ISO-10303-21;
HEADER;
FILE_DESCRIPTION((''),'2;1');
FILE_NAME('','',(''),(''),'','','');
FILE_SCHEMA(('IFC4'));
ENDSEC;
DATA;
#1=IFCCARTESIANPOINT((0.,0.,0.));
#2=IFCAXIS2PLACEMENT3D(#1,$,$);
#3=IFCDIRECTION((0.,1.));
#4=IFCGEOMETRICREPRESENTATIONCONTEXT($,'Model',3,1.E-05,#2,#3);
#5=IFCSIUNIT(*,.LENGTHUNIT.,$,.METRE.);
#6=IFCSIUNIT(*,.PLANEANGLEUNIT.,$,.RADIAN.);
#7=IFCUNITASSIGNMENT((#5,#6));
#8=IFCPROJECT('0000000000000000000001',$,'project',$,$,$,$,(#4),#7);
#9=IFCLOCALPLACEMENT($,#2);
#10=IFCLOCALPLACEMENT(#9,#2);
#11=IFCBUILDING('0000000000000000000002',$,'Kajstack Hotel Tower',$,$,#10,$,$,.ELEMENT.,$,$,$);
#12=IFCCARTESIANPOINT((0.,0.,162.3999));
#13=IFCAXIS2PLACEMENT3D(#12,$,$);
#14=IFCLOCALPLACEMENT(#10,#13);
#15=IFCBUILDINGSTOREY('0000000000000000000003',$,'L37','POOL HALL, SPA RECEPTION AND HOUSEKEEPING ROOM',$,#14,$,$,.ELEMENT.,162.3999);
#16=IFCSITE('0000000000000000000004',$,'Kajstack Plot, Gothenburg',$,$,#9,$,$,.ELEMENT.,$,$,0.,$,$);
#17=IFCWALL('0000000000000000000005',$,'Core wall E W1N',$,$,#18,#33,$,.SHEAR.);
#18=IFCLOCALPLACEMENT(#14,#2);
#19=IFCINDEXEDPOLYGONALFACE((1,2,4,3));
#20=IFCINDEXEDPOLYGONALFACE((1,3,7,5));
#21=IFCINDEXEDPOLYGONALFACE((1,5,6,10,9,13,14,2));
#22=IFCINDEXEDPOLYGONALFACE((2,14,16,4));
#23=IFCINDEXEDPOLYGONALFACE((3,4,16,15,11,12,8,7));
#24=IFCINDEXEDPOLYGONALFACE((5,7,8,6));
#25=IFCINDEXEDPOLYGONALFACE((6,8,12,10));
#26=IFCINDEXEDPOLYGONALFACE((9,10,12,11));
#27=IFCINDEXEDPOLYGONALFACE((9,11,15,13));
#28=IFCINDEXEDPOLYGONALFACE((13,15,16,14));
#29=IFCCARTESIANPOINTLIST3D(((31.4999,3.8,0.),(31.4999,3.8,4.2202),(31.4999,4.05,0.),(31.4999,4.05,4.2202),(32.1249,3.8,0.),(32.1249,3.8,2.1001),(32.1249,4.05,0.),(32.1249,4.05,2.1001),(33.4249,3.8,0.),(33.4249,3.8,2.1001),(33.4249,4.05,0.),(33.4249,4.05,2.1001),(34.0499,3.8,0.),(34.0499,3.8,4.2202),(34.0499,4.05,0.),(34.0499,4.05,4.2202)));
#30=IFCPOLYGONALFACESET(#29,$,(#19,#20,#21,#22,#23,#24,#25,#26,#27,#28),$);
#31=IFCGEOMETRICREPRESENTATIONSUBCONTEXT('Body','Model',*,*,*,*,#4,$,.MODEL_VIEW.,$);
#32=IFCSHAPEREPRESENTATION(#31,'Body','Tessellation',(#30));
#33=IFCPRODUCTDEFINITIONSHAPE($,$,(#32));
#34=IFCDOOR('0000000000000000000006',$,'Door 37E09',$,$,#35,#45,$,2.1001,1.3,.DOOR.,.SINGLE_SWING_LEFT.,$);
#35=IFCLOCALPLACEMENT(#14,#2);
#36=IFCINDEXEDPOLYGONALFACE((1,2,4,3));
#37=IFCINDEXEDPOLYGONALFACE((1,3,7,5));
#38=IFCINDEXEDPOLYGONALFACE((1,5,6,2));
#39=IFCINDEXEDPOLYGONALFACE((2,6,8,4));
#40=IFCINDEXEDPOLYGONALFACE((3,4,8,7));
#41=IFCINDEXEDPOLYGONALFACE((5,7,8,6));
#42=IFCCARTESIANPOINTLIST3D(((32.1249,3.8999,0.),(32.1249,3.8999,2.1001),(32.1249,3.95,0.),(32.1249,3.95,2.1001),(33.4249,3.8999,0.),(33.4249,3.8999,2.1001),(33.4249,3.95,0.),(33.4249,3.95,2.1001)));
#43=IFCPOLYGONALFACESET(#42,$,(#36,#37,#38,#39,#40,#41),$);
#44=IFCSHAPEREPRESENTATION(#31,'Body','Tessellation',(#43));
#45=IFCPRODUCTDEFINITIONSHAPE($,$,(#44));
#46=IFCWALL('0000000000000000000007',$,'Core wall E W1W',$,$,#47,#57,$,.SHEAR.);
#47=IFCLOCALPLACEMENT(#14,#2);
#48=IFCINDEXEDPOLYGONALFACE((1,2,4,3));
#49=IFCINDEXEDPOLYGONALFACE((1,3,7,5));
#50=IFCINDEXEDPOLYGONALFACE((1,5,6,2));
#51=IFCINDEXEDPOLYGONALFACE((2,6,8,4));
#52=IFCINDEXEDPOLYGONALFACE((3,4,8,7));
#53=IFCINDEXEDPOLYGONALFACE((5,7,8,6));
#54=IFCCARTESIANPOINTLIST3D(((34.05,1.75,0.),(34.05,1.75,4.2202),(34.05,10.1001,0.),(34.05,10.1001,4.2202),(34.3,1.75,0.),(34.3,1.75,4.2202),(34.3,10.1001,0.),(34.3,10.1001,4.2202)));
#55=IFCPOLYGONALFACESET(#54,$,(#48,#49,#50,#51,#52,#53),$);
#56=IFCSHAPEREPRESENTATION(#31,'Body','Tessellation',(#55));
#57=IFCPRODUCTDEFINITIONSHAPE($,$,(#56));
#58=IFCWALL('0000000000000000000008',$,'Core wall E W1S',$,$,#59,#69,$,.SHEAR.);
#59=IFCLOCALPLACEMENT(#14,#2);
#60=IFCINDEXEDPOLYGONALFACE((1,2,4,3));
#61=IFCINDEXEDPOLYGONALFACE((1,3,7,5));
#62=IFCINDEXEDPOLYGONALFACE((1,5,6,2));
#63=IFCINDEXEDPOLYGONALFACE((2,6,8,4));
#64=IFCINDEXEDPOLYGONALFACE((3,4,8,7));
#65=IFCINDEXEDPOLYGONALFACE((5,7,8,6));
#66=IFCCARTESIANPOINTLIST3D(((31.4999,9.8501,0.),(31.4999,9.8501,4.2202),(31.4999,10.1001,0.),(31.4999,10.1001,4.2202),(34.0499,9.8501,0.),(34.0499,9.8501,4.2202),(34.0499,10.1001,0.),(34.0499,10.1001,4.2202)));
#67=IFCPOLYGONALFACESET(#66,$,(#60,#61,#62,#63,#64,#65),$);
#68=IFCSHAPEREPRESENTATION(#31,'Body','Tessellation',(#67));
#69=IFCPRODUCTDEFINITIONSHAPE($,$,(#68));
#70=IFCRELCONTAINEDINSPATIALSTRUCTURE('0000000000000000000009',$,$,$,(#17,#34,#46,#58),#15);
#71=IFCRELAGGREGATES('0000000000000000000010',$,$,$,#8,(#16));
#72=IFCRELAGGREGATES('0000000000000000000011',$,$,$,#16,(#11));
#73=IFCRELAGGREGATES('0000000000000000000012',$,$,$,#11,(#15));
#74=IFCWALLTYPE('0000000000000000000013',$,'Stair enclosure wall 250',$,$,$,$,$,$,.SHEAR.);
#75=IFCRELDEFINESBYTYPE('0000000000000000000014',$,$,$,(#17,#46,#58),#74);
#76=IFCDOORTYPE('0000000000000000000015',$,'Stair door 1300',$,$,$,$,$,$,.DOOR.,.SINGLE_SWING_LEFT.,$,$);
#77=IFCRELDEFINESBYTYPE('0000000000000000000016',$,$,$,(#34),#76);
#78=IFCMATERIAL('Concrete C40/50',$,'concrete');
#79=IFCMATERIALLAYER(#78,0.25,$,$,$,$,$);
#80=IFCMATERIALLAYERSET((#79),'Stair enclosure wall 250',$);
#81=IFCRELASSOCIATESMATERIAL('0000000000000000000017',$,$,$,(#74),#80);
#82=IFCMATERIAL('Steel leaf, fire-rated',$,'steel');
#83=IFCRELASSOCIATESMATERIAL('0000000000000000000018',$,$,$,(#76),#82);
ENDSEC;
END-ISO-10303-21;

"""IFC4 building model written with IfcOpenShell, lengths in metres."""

from ifc_helpers import new_model, si_unit, direction, frame, frame_2d, origin, place, context, subcontext, project, spatial, rectangle, extrude, material, layer, layer_set, type_object, element, fill, save


model = new_model("IFC4")

# Units and contexts
model_context = context("Model", 3, precision=1e-05, world=origin(), true_north=direction((0.0, 1.0)))
body_context = subcontext(model_context, "Body", "Model", "MODEL_VIEW")
ifc_project = project(units=[si_unit("LENGTHUNIT", "METRE"), si_unit("PLANEANGLEUNIT", "RADIAN")], contexts=[model_context])

# Site, building, storey
site_placement = place(None, origin())
site = spatial("IfcSite", under=ifc_project, at=site_placement, Name="Kajstack Plot, Gothenburg", CompositionType="ELEMENT", RefElevation=0.0)
building_placement = place(site_placement, origin())
building = spatial("IfcBuilding", under=site, at=building_placement, Name="Kajstack Hotel Tower", CompositionType="ELEMENT")
storey_placement = place(building_placement, frame((0.0, 0.0, 162.3999)))
storey = spatial("IfcBuildingStorey", under=building, at=storey_placement, Name="L37", Description="POOL HALL, SPA RECEPTION AND HOUSEKEEPING ROOM", CompositionType="ELEMENT", Elevation=162.3999)

# Wall, opening, door
ifc_material_1 = material(Name="Concrete C40/50", Category="concrete")
ifc_layer_1 = layer(ifc_material_1, 0.25)
ifc_layer_set_1 = layer_set([ifc_layer_1], Name="Stair enclosure wall 250")
wall_type_1 = type_object("IfcWallType", Name="Stair enclosure wall 250", PredefinedType="SHEAR", material=ifc_layer_set_1)
wall_1_placement = place(storey_placement, frame((31.5, 3.925, 0.0), z_axis=(0.0, 0.0, 1.0), x_axis=(1.0, 0.0, 0.0)))
wall_1 = element("IfcWall", 1, at=wall_1_placement, inside=storey, type_object=wall_type_1, Name="Core wall E W1N", PredefinedType="SHEAR", context=body_context, shape_type="SweptSolid", body=[
    extrude(rectangle(XDim=2.55, YDim=0.25, at=frame_2d((1.2749, 0.0))), origin(), (0.0, 0.0, 1.0), 4.2202),
])
opening_1_placement = place(wall_1_placement, frame((0.625, 0.0, 0.0)))
opening_1 = element("IfcOpeningElement", 2, at=opening_1_placement, cuts=wall_1, PredefinedType="OPENING", context=body_context, shape_type="SweptSolid", body=[
    extrude(rectangle(XDim=1.3, YDim=2.1001, at=frame_2d((0.6499, 1.05))), frame((0.0, 0.135, 0.0), z_axis=(0.0, -1.0, 0.0), x_axis=(1.0, 0.0, 0.0)), (0.0, 0.0, 1.0), 0.27),
])
ifc_material_2 = material(Name="Steel leaf, fire-rated", Category="steel")
door_type_1 = type_object("IfcDoorType", Name="Stair door 1300", OperationType="SINGLE_SWING_LEFT", PredefinedType="DOOR", material=ifc_material_2)
door_1_placement = place(opening_1_placement, origin())
door_1 = element("IfcDoor", 3, at=door_1_placement, inside=storey, type_object=door_type_1, Name="Door 37E09", OperationType="SINGLE_SWING_LEFT", OverallHeight=2.1001, OverallWidth=1.3, PredefinedType="DOOR", context=body_context, shape_type="SweptSolid", body=[
    extrude(rectangle(XDim=1.3, YDim=2.1001, at=frame_2d((0.6499, 1.05))), frame((0.0, 0.0249, 0.0), z_axis=(0.0, -1.0, 0.0), x_axis=(1.0, 0.0, 0.0)), (0.0, 0.0, 1.0), 0.05),
])
fill(opening_1, door_1)

# Walls
wall_2_placement = place(storey_placement, frame((34.175, 1.75, 0.0), z_axis=(0.0, 0.0, 1.0), x_axis=(0.0, 1.0, 0.0)))
element("IfcWall", 4, at=wall_2_placement, inside=storey, type_object=wall_type_1, Name="Core wall E W1W", PredefinedType="SHEAR", context=body_context, shape_type="SweptSolid", body=[
    extrude(rectangle(XDim=8.3501, YDim=0.25, at=frame_2d((4.175, 0.0))), origin(), (0.0, 0.0, 1.0), 4.2202),
])
wall_3_placement = place(storey_placement, frame((31.5, 9.9751, 0.0), z_axis=(0.0, 0.0, 1.0), x_axis=(1.0, 0.0, 0.0)))
element("IfcWall", 5, at=wall_3_placement, inside=storey, type_object=wall_type_1, Name="Core wall E W1S", PredefinedType="SHEAR", context=body_context, shape_type="SweptSolid", body=[
    extrude(rectangle(XDim=2.55, YDim=0.25, at=frame_2d((1.2749, 0.0))), origin(), (0.0, 0.0, 1.0), 4.2202),
])

save(model, "model.ifc")
